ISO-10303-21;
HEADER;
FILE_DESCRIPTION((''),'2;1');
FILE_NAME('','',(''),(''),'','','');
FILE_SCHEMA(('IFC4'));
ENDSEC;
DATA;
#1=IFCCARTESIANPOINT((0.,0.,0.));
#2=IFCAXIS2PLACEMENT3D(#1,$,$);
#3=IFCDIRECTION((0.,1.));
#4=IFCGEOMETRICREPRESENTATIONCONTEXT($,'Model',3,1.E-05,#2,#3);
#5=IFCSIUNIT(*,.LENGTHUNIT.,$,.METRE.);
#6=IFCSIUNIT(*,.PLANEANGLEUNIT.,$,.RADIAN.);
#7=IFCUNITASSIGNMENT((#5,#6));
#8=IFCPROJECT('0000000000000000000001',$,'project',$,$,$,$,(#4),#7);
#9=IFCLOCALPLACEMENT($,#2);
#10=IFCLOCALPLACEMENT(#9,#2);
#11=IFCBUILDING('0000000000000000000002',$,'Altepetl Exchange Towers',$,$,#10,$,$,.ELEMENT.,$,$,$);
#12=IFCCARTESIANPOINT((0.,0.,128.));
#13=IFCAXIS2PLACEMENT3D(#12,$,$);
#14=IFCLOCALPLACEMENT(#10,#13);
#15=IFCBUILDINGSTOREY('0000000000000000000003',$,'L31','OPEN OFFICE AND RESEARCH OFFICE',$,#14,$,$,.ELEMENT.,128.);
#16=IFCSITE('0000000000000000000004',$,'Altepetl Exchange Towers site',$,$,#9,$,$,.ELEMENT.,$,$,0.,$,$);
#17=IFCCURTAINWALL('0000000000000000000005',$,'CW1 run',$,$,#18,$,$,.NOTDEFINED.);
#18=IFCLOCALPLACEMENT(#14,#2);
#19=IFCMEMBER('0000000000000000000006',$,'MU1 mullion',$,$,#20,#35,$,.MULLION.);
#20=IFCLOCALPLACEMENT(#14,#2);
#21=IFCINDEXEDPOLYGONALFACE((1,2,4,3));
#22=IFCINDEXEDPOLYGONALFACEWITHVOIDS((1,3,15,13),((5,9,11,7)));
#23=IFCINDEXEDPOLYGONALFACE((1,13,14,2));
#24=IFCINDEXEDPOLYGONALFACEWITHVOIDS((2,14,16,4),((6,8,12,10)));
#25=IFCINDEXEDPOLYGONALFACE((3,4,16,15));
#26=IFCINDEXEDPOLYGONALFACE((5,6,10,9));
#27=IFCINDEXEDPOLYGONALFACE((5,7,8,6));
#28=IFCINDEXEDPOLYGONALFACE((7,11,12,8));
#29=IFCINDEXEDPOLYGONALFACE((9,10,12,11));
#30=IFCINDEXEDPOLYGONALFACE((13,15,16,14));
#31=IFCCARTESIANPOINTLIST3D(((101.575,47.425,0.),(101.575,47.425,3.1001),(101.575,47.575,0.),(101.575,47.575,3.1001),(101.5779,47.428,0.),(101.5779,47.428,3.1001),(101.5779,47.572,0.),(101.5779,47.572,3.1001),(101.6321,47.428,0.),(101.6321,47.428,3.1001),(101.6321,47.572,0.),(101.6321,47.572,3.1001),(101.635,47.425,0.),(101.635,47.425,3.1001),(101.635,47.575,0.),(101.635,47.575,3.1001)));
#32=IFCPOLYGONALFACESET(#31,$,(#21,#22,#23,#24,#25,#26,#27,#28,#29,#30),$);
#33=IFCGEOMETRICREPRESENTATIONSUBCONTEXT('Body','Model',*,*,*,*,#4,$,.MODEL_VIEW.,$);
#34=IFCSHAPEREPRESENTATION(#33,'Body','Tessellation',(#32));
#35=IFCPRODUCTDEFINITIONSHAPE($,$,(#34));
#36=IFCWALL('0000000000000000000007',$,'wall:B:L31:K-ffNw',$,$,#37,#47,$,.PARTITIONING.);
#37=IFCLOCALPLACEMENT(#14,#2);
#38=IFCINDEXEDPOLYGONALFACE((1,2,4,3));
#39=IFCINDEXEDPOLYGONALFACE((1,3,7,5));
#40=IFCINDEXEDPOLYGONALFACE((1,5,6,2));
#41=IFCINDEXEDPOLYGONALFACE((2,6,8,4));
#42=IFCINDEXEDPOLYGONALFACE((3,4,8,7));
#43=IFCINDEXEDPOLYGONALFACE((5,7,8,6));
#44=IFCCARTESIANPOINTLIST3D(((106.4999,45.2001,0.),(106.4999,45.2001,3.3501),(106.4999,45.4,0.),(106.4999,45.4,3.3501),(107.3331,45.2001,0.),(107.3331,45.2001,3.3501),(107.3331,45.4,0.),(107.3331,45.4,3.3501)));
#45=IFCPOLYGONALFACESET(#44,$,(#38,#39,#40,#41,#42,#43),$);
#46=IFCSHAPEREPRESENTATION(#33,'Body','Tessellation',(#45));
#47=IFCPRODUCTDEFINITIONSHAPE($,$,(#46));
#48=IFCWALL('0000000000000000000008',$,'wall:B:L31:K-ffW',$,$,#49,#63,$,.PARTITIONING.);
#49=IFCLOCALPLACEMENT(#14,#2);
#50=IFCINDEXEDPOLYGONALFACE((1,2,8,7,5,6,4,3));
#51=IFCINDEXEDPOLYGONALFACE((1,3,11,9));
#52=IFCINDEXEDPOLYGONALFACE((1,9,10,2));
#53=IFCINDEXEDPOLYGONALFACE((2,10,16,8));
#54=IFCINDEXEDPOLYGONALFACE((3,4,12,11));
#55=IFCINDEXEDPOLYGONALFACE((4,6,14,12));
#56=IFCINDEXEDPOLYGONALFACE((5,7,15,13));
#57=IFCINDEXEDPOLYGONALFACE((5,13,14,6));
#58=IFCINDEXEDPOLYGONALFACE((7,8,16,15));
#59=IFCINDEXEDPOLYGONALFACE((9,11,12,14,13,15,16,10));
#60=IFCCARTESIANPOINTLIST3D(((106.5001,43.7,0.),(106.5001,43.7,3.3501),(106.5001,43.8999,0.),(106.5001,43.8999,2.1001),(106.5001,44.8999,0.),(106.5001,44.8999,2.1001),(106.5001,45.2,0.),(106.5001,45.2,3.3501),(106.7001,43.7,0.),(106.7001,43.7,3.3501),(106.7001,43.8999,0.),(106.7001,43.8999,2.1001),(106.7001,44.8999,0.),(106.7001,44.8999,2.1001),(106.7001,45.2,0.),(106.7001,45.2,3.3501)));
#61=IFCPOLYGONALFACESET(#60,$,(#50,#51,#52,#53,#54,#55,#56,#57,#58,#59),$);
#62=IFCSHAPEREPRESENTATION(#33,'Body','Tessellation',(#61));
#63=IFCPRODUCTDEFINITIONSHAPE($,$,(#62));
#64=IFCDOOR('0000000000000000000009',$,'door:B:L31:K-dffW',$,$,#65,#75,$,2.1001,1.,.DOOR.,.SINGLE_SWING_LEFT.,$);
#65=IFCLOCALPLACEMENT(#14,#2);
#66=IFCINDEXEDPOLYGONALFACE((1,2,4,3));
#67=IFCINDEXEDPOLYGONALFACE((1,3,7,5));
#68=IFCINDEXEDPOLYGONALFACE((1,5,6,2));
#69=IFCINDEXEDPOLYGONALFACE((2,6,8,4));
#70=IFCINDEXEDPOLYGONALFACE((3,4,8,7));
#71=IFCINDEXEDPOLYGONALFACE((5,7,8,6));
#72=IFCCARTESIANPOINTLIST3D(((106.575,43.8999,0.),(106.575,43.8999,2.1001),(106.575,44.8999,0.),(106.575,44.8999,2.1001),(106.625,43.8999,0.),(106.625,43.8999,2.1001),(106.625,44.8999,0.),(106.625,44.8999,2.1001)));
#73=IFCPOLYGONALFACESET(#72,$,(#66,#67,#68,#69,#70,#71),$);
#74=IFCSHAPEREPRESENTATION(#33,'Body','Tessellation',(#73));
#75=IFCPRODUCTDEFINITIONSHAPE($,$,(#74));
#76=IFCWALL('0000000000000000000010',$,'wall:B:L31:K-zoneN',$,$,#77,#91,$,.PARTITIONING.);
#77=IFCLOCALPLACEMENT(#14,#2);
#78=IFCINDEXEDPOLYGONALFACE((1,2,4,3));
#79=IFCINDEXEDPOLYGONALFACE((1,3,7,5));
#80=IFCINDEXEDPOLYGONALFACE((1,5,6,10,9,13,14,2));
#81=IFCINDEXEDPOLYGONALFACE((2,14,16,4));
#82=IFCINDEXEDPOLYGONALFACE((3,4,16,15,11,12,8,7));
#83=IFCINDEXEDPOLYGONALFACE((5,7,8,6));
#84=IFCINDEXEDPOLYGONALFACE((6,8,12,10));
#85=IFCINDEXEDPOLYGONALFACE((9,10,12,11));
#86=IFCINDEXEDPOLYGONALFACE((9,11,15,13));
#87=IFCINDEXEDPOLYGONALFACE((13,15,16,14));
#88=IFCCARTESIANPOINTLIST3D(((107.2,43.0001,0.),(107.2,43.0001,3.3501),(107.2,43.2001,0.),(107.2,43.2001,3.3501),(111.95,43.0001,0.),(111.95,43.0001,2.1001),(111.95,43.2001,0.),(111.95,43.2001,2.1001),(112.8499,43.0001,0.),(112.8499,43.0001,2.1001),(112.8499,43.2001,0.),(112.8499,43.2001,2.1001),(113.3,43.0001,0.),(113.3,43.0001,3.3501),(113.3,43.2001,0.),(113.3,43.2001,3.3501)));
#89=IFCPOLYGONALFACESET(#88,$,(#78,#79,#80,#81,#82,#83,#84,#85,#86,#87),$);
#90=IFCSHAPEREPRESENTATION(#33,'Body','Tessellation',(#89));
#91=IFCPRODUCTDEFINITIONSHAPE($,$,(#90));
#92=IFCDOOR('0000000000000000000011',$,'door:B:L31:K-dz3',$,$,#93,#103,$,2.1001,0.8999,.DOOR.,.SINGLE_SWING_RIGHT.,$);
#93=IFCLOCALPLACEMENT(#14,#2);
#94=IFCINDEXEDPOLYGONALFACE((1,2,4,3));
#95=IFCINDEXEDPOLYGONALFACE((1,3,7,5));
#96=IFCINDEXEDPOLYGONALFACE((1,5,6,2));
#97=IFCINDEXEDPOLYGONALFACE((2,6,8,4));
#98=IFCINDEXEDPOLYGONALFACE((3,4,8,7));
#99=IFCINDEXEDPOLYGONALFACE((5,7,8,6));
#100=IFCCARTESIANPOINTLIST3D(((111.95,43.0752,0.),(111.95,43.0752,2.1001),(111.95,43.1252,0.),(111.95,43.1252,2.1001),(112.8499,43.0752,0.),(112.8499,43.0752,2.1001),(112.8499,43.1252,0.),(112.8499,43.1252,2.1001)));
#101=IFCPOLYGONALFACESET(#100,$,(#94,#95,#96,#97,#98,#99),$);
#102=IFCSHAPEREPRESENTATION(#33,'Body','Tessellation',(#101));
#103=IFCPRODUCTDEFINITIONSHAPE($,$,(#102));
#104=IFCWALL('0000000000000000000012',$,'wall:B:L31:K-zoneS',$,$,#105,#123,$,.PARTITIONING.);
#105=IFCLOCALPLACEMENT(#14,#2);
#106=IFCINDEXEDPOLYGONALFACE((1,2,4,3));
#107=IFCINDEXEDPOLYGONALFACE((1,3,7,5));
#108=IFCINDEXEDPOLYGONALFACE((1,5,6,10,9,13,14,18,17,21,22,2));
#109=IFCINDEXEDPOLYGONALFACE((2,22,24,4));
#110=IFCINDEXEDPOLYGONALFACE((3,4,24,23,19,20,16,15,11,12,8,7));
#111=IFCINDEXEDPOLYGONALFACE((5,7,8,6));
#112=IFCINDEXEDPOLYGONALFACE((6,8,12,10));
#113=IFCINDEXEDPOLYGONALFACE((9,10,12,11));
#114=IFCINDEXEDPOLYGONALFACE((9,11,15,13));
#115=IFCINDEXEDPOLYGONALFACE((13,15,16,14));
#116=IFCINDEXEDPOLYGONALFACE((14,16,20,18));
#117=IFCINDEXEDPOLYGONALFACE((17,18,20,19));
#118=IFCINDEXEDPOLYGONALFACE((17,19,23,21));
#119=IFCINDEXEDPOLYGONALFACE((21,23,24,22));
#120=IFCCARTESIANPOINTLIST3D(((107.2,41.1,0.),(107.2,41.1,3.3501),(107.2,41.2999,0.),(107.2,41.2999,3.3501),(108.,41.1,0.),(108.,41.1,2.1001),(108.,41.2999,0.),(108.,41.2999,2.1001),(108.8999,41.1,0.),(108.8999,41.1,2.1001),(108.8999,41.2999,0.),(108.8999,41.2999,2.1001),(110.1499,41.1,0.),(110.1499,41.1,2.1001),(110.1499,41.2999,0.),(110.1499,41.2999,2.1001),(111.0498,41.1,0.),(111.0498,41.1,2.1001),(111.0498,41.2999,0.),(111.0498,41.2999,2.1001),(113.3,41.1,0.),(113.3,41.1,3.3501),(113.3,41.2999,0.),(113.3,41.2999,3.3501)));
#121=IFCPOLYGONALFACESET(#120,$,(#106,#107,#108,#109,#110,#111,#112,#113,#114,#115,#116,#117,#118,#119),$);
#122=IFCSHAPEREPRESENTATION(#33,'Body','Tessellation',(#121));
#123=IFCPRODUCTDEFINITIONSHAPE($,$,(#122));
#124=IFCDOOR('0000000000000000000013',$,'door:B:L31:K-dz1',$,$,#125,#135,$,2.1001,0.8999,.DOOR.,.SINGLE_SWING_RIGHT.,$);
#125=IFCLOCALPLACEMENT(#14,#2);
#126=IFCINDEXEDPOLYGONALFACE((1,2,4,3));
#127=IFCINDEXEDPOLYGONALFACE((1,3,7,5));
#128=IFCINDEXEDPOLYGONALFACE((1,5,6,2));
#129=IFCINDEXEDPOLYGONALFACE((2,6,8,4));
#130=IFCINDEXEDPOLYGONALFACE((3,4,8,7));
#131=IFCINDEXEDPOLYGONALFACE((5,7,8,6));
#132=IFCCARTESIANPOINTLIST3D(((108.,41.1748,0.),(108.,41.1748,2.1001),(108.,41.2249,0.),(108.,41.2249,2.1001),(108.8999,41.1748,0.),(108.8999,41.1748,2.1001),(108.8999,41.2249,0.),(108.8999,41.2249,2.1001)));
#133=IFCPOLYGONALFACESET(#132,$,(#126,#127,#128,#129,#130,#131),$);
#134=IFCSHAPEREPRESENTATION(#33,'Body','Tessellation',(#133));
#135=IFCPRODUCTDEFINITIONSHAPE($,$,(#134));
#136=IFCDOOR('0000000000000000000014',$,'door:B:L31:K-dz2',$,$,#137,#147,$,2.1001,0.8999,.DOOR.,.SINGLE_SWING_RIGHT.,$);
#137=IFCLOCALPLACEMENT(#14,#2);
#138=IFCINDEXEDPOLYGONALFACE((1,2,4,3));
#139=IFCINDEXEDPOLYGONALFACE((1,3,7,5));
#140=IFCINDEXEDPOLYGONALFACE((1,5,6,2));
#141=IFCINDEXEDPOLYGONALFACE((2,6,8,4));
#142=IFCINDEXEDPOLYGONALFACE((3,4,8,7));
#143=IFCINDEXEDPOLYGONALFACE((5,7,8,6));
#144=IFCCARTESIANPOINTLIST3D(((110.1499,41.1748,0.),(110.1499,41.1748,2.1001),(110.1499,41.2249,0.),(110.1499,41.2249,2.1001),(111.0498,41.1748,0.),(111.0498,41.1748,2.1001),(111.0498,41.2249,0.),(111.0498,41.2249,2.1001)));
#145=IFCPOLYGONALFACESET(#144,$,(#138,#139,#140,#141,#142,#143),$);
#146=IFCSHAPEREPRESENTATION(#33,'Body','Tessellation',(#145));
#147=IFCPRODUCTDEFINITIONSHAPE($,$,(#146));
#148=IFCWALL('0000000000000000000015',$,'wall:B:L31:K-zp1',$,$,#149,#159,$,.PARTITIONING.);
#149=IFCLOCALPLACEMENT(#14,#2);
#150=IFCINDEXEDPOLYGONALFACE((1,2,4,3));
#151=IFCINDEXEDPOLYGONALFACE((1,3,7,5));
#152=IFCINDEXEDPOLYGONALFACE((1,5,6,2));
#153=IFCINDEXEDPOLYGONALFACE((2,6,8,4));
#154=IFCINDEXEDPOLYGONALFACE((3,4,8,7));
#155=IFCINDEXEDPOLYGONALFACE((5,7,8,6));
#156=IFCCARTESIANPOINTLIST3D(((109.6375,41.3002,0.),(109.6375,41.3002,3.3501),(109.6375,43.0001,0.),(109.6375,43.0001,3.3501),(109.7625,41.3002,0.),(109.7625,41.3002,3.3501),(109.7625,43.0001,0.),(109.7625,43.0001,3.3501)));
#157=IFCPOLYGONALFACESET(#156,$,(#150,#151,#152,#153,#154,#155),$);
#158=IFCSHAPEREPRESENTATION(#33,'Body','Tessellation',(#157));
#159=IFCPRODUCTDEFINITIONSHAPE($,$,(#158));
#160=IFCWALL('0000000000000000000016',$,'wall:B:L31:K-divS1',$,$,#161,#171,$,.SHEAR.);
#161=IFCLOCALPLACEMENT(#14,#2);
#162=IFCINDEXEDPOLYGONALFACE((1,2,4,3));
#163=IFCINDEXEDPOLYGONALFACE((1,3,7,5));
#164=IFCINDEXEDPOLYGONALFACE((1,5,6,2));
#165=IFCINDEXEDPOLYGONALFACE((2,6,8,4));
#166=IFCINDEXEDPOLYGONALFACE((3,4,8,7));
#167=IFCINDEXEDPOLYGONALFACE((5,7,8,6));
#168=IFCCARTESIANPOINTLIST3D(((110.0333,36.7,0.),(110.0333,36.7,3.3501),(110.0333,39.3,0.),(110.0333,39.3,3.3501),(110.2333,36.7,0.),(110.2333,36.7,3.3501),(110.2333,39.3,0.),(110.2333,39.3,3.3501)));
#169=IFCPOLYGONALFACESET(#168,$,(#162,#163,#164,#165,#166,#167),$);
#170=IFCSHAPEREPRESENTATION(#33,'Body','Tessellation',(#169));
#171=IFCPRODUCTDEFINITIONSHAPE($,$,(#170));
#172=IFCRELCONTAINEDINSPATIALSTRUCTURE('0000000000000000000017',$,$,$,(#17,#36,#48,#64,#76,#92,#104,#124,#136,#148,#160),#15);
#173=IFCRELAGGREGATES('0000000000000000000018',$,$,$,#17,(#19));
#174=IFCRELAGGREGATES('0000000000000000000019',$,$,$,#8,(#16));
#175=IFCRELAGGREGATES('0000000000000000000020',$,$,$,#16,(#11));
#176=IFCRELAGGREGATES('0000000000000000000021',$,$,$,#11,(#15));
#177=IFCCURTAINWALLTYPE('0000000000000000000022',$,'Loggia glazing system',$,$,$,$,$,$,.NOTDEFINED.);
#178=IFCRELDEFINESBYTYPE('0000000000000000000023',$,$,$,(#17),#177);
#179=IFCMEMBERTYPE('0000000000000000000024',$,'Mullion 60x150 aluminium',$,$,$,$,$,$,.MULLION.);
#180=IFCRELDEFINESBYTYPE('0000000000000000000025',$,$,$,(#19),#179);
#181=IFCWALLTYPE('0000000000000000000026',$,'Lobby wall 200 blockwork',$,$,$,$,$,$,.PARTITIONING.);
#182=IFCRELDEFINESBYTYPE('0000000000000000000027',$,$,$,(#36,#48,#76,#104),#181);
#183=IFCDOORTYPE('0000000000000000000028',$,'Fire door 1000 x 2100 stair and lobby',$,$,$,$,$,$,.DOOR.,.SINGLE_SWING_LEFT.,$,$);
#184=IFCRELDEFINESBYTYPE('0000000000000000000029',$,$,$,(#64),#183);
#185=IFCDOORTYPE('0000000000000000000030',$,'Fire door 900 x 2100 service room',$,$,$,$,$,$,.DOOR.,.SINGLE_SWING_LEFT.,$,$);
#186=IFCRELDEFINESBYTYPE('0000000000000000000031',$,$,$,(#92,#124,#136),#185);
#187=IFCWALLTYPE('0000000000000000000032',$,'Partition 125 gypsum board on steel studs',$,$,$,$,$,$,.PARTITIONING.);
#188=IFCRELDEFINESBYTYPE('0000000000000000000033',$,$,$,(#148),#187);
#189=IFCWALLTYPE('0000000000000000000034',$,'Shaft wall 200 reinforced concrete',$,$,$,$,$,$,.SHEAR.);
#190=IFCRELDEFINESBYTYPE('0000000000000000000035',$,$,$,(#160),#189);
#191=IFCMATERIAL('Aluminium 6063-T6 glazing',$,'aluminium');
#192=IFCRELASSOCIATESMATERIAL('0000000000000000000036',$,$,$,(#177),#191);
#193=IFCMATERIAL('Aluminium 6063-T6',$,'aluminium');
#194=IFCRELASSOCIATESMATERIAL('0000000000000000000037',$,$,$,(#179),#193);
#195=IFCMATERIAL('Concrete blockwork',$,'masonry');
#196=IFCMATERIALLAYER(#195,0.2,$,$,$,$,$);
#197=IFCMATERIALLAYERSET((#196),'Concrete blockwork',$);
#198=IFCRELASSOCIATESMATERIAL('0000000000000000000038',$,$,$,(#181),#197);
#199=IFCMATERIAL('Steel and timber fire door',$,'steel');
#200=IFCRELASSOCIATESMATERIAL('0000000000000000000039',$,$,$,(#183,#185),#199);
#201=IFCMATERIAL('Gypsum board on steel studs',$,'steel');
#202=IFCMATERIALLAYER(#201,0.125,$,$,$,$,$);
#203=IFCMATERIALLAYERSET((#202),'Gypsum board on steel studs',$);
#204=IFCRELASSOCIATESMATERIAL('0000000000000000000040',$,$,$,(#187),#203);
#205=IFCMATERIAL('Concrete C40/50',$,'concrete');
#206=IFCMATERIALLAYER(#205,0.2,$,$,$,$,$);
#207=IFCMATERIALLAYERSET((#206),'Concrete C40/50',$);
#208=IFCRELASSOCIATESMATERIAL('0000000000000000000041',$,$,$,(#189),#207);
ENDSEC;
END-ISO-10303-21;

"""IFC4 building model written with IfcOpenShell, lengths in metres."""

from ifc_helpers import new_model, si_unit, direction, frame, frame_2d, origin, origin_2d, place, context, subcontext, project, spatial, rectangle, hollow_rectangle, extrude, material, layer, layer_set, material_profile, profile_set, type_object, element, fill, aggregate, save


model = new_model("IFC4")

# Units and contexts
model_context = context("Model", 3, precision=1e-05, world=origin(), true_north=direction((0.0, 1.0)))
body_context = subcontext(model_context, "Body", "Model", "MODEL_VIEW")
ifc_project = project(units=[si_unit("LENGTHUNIT", "METRE"), si_unit("PLANEANGLEUNIT", "RADIAN")], contexts=[model_context])

# Site, building, storey
site_placement = place(None, origin())
site = spatial("IfcSite", under=ifc_project, at=site_placement, Name="Altepetl Exchange Towers site", CompositionType="ELEMENT", RefElevation=0.0)
building_placement = place(site_placement, origin())
building = spatial("IfcBuilding", under=site, at=building_placement, Name="Altepetl Exchange Towers", CompositionType="ELEMENT")
storey_placement = place(building_placement, frame((0.0, 0.0, 128.0)))
storey = spatial("IfcBuildingStorey", under=building, at=storey_placement, Name="L31", Description="OPEN OFFICE AND RESEARCH OFFICE", CompositionType="ELEMENT", Elevation=128.0)

# Curtain wall, member
ifc_material_1 = material(Name="Aluminium 6063-T6 glazing", Category="aluminium")
curtain_wall_type = type_object("IfcCurtainWallType", Name="Loggia glazing system", PredefinedType="NOTDEFINED", material=ifc_material_1)
curtain_wall_placement = place(storey_placement, origin())
curtain_wall = element("IfcCurtainWall", 1, at=curtain_wall_placement, inside=storey, type_object=curtain_wall_type, Name="CW1 run", PredefinedType="NOTDEFINED")
ifc_material_2 = material(Name="Aluminium 6063-T6", Category="aluminium")
ifc_material_profile = material_profile(ifc_material_2, hollow_rectangle(XDim=0.0601, YDim=0.1499, WallThickness=0.0029, at=origin_2d()), Name="Mullion 60x150 aluminium")
ifc_profile_set = profile_set([ifc_material_profile], Name="Aluminium 6063-T6")
member_type = type_object("IfcMemberType", Name="Mullion 60x150 aluminium", PredefinedType="MULLION", material=ifc_profile_set)
member_placement = place(storey_placement, frame((101.605, 47.5, 0.0), z_axis=(0.0, 0.0, 1.0), x_axis=(-1.0, 0.0, 0.0)))
member = element("IfcMember", 2, at=member_placement, type_object=member_type, Name="MU1 mullion", PredefinedType="MULLION", context=body_context, shape_type="SweptSolid", body=[
    extrude(hollow_rectangle(XDim=0.0601, YDim=0.1499, WallThickness=0.0029, at=origin_2d()), origin(), (0.0, 0.0, 1.0), 3.1001),
])
aggregate(curtain_wall, [member])

# Wall
ifc_material_3 = material(Name="Concrete blockwork", Category="masonry")
ifc_layer_1 = layer(ifc_material_3, 0.2)
ifc_layer_set_1 = layer_set([ifc_layer_1], Name="Concrete blockwork")
wall_type_1 = type_object("IfcWallType", Name="Lobby wall 200 blockwork", PredefinedType="PARTITIONING", material=ifc_layer_set_1)
wall_1_placement = place(storey_placement, frame((106.5, 45.3, 0.0)))
element("IfcWall", 3, at=wall_1_placement, inside=storey, type_object=wall_type_1, Name="wall:B:L31:K-ffNw", PredefinedType="PARTITIONING", context=body_context, shape_type="SweptSolid", body=[
    extrude(rectangle(XDim=0.8333, YDim=0.2, at=frame_2d((0.4165, 0.0))), origin(), (0.0, 0.0, 1.0), 3.3501),
])

# Walls, openings, doors
wall_2_placement = place(storey_placement, frame((106.6001, 43.7, 0.0), z_axis=(0.0, 0.0, 1.0), x_axis=(0.0, 1.0, 0.0)))
wall_2 = element("IfcWall", 4, at=wall_2_placement, inside=storey, type_object=wall_type_1, Name="wall:B:L31:K-ffW", PredefinedType="PARTITIONING", context=body_context, shape_type="SweptSolid", body=[
    extrude(rectangle(XDim=1.5, YDim=0.2, at=frame_2d((0.75, 0.0))), origin(), (0.0, 0.0, 1.0), 3.3501),
])
opening_1_placement = place(wall_2_placement, frame((0.2, 0.0, 0.0)))
opening_1 = element("IfcOpeningElement", 5, at=opening_1_placement, cuts=wall_2, PredefinedType="OPENING", context=body_context, shape_type="SweptSolid", body=[
    extrude(rectangle(XDim=1.0, YDim=2.1001, at=frame_2d((0.5, 1.05))), frame((0.0, 0.1099, 0.0), z_axis=(0.0, -1.0, 0.0), x_axis=(1.0, 0.0, 0.0)), (0.0, 0.0, 1.0), 0.22),
])
ifc_material_4 = material(Name="Steel and timber fire door", Category="steel")
door_type_1 = type_object("IfcDoorType", Name="Fire door 1000 x 2100 stair and lobby", OperationType="SINGLE_SWING_LEFT", PredefinedType="DOOR", material=ifc_material_4)
door_1_placement = place(opening_1_placement, frame((1.0, 0.0, 0.0), x_axis=(-1.0, 0.0, 0.0)))
door_1 = element("IfcDoor", 6, at=door_1_placement, inside=storey, type_object=door_type_1, Name="door:B:L31:K-dffW", OperationType="SINGLE_SWING_LEFT", OverallHeight=2.1001, OverallWidth=1.0, PredefinedType="DOOR", context=body_context, shape_type="SweptSolid", body=[
    extrude(rectangle(XDim=1.0, YDim=2.1001, at=frame_2d((0.5, 1.05))), frame((0.0, 0.0249, 0.0), z_axis=(0.0, -1.0, 0.0), x_axis=(1.0, 0.0, 0.0)), (0.0, 0.0, 1.0), 0.05),
])
fill(opening_1, door_1)
wall_3_placement = place(storey_placement, frame((107.2, 43.1001, 0.0)))
wall_3 = element("IfcWall", 7, at=wall_3_placement, inside=storey, type_object=wall_type_1, Name="wall:B:L31:K-zoneN", PredefinedType="PARTITIONING", context=body_context, shape_type="SweptSolid", body=[
    extrude(rectangle(XDim=6.1001, YDim=0.2, at=frame_2d((3.05, 0.0))), origin(), (0.0, 0.0, 1.0), 3.3501),
])
opening_2_placement = place(wall_3_placement, frame((4.75, 0.0, 0.0)))
opening_2 = element("IfcOpeningElement", 8, at=opening_2_placement, cuts=wall_3, PredefinedType="OPENING", context=body_context, shape_type="SweptSolid", body=[
    extrude(rectangle(XDim=0.8999, YDim=2.1001, at=frame_2d((0.45, 1.05))), frame((0.0, 0.1099, 0.0), z_axis=(0.0, -1.0, 0.0), x_axis=(1.0, 0.0, 0.0)), (0.0, 0.0, 1.0), 0.22),
])
door_type_2 = type_object("IfcDoorType", Name="Fire door 900 x 2100 service room", OperationType="SINGLE_SWING_LEFT", PredefinedType="DOOR", material=ifc_material_4)
door_2_placement = place(opening_2_placement, frame((0.8999, 0.0, 0.0), x_axis=(-1.0, 0.0, 0.0)))
door_2 = element("IfcDoor", 9, at=door_2_placement, inside=storey, type_object=door_type_2, Name="door:B:L31:K-dz3", OperationType="SINGLE_SWING_RIGHT", OverallHeight=2.1001, OverallWidth=0.8999, PredefinedType="DOOR", context=body_context, shape_type="SweptSolid", body=[
    extrude(rectangle(XDim=0.8999, YDim=2.1001, at=frame_2d((0.45, 1.05))), frame((0.0, 0.0249, 0.0), z_axis=(0.0, -1.0, 0.0), x_axis=(1.0, 0.0, 0.0)), (0.0, 0.0, 1.0), 0.05),
])
fill(opening_2, door_2)

# Wall, openings, doors
wall_4_placement = place(storey_placement, frame((107.2, 41.2, 0.0)))
wall_4 = element("IfcWall", 10, at=wall_4_placement, inside=storey, type_object=wall_type_1, Name="wall:B:L31:K-zoneS", PredefinedType="PARTITIONING", context=body_context, shape_type="SweptSolid", body=[
    extrude(rectangle(XDim=6.1001, YDim=0.2, at=frame_2d((3.05, 0.0))), origin(), (0.0, 0.0, 1.0), 3.3501),
])
opening_3_placement = place(wall_4_placement, frame((0.8, 0.0, 0.0)))
opening_3 = element("IfcOpeningElement", 11, at=opening_3_placement, cuts=wall_4, PredefinedType="OPENING", context=body_context, shape_type="SweptSolid", body=[
    extrude(rectangle(XDim=0.8999, YDim=2.1001, at=frame_2d((0.45, 1.05))), frame((0.0, 0.1099, 0.0), z_axis=(0.0, -1.0, 0.0), x_axis=(1.0, 0.0, 0.0)), (0.0, 0.0, 1.0), 0.22),
])
opening_4_placement = place(wall_4_placement, frame((2.95, 0.0, 0.0)))
opening_4 = element("IfcOpeningElement", 12, at=opening_4_placement, cuts=wall_4, PredefinedType="OPENING", context=body_context, shape_type="SweptSolid", body=[
    extrude(rectangle(XDim=0.8999, YDim=2.1001, at=frame_2d((0.45, 1.05))), frame((0.0, 0.1099, 0.0), z_axis=(0.0, -1.0, 0.0), x_axis=(1.0, 0.0, 0.0)), (0.0, 0.0, 1.0), 0.22),
])
door_3_placement = place(opening_3_placement, origin())
door_3 = element("IfcDoor", 13, at=door_3_placement, inside=storey, type_object=door_type_2, Name="door:B:L31:K-dz1", OperationType="SINGLE_SWING_RIGHT", OverallHeight=2.1001, OverallWidth=0.8999, PredefinedType="DOOR", context=body_context, shape_type="SweptSolid", body=[
    extrude(rectangle(XDim=0.8999, YDim=2.1001, at=frame_2d((0.45, 1.05))), frame((0.0, 0.0249, 0.0), z_axis=(0.0, -1.0, 0.0), x_axis=(1.0, 0.0, 0.0)), (0.0, 0.0, 1.0), 0.05),
])
fill(opening_3, door_3)
door_4_placement = place(opening_4_placement, origin())
door_4 = element("IfcDoor", 14, at=door_4_placement, inside=storey, type_object=door_type_2, Name="door:B:L31:K-dz2", OperationType="SINGLE_SWING_RIGHT", OverallHeight=2.1001, OverallWidth=0.8999, PredefinedType="DOOR", context=body_context, shape_type="SweptSolid", body=[
    extrude(rectangle(XDim=0.8999, YDim=2.1001, at=frame_2d((0.45, 1.05))), frame((0.0, 0.0249, 0.0), z_axis=(0.0, -1.0, 0.0), x_axis=(1.0, 0.0, 0.0)), (0.0, 0.0, 1.0), 0.05),
])
fill(opening_4, door_4)

# Walls
ifc_material_5 = material(Name="Gypsum board on steel studs", Category="steel")
ifc_layer_2 = layer(ifc_material_5, 0.125)
ifc_layer_set_2 = layer_set([ifc_layer_2], Name="Gypsum board on steel studs")
wall_type_2 = type_object("IfcWallType", Name="Partition 125 gypsum board on steel studs", PredefinedType="PARTITIONING", material=ifc_layer_set_2)
wall_5_placement = place(storey_placement, frame((109.7, 41.3, 0.0), z_axis=(0.0, 0.0, 1.0), x_axis=(0.0, 1.0, 0.0)))
element("IfcWall", 15, at=wall_5_placement, inside=storey, type_object=wall_type_2, Name="wall:B:L31:K-zp1", PredefinedType="PARTITIONING", context=body_context, shape_type="SweptSolid", body=[
    extrude(rectangle(XDim=1.7, YDim=0.125, at=frame_2d((0.8501, 0.0))), origin(), (0.0, 0.0, 1.0), 3.3501),
])
ifc_material_6 = material(Name="Concrete C40/50", Category="concrete")
ifc_layer_3 = layer(ifc_material_6, 0.2)
ifc_layer_set_3 = layer_set([ifc_layer_3], Name="Concrete C40/50")
wall_type_3 = type_object("IfcWallType", Name="Shaft wall 200 reinforced concrete", PredefinedType="SHEAR", material=ifc_layer_set_3)
wall_6_placement = place(storey_placement, frame((110.1333, 36.7, 0.0), z_axis=(0.0, 0.0, 1.0), x_axis=(0.0, 1.0, 0.0)))
element("IfcWall", 16, at=wall_6_placement, inside=storey, type_object=wall_type_3, Name="wall:B:L31:K-divS1", PredefinedType="SHEAR", context=body_context, shape_type="SweptSolid", body=[
    extrude(rectangle(XDim=2.6001, YDim=0.2, at=frame_2d((1.3, 0.0))), origin(), (0.0, 0.0, 1.0), 3.3501),
])

save(model, "model.ifc")
